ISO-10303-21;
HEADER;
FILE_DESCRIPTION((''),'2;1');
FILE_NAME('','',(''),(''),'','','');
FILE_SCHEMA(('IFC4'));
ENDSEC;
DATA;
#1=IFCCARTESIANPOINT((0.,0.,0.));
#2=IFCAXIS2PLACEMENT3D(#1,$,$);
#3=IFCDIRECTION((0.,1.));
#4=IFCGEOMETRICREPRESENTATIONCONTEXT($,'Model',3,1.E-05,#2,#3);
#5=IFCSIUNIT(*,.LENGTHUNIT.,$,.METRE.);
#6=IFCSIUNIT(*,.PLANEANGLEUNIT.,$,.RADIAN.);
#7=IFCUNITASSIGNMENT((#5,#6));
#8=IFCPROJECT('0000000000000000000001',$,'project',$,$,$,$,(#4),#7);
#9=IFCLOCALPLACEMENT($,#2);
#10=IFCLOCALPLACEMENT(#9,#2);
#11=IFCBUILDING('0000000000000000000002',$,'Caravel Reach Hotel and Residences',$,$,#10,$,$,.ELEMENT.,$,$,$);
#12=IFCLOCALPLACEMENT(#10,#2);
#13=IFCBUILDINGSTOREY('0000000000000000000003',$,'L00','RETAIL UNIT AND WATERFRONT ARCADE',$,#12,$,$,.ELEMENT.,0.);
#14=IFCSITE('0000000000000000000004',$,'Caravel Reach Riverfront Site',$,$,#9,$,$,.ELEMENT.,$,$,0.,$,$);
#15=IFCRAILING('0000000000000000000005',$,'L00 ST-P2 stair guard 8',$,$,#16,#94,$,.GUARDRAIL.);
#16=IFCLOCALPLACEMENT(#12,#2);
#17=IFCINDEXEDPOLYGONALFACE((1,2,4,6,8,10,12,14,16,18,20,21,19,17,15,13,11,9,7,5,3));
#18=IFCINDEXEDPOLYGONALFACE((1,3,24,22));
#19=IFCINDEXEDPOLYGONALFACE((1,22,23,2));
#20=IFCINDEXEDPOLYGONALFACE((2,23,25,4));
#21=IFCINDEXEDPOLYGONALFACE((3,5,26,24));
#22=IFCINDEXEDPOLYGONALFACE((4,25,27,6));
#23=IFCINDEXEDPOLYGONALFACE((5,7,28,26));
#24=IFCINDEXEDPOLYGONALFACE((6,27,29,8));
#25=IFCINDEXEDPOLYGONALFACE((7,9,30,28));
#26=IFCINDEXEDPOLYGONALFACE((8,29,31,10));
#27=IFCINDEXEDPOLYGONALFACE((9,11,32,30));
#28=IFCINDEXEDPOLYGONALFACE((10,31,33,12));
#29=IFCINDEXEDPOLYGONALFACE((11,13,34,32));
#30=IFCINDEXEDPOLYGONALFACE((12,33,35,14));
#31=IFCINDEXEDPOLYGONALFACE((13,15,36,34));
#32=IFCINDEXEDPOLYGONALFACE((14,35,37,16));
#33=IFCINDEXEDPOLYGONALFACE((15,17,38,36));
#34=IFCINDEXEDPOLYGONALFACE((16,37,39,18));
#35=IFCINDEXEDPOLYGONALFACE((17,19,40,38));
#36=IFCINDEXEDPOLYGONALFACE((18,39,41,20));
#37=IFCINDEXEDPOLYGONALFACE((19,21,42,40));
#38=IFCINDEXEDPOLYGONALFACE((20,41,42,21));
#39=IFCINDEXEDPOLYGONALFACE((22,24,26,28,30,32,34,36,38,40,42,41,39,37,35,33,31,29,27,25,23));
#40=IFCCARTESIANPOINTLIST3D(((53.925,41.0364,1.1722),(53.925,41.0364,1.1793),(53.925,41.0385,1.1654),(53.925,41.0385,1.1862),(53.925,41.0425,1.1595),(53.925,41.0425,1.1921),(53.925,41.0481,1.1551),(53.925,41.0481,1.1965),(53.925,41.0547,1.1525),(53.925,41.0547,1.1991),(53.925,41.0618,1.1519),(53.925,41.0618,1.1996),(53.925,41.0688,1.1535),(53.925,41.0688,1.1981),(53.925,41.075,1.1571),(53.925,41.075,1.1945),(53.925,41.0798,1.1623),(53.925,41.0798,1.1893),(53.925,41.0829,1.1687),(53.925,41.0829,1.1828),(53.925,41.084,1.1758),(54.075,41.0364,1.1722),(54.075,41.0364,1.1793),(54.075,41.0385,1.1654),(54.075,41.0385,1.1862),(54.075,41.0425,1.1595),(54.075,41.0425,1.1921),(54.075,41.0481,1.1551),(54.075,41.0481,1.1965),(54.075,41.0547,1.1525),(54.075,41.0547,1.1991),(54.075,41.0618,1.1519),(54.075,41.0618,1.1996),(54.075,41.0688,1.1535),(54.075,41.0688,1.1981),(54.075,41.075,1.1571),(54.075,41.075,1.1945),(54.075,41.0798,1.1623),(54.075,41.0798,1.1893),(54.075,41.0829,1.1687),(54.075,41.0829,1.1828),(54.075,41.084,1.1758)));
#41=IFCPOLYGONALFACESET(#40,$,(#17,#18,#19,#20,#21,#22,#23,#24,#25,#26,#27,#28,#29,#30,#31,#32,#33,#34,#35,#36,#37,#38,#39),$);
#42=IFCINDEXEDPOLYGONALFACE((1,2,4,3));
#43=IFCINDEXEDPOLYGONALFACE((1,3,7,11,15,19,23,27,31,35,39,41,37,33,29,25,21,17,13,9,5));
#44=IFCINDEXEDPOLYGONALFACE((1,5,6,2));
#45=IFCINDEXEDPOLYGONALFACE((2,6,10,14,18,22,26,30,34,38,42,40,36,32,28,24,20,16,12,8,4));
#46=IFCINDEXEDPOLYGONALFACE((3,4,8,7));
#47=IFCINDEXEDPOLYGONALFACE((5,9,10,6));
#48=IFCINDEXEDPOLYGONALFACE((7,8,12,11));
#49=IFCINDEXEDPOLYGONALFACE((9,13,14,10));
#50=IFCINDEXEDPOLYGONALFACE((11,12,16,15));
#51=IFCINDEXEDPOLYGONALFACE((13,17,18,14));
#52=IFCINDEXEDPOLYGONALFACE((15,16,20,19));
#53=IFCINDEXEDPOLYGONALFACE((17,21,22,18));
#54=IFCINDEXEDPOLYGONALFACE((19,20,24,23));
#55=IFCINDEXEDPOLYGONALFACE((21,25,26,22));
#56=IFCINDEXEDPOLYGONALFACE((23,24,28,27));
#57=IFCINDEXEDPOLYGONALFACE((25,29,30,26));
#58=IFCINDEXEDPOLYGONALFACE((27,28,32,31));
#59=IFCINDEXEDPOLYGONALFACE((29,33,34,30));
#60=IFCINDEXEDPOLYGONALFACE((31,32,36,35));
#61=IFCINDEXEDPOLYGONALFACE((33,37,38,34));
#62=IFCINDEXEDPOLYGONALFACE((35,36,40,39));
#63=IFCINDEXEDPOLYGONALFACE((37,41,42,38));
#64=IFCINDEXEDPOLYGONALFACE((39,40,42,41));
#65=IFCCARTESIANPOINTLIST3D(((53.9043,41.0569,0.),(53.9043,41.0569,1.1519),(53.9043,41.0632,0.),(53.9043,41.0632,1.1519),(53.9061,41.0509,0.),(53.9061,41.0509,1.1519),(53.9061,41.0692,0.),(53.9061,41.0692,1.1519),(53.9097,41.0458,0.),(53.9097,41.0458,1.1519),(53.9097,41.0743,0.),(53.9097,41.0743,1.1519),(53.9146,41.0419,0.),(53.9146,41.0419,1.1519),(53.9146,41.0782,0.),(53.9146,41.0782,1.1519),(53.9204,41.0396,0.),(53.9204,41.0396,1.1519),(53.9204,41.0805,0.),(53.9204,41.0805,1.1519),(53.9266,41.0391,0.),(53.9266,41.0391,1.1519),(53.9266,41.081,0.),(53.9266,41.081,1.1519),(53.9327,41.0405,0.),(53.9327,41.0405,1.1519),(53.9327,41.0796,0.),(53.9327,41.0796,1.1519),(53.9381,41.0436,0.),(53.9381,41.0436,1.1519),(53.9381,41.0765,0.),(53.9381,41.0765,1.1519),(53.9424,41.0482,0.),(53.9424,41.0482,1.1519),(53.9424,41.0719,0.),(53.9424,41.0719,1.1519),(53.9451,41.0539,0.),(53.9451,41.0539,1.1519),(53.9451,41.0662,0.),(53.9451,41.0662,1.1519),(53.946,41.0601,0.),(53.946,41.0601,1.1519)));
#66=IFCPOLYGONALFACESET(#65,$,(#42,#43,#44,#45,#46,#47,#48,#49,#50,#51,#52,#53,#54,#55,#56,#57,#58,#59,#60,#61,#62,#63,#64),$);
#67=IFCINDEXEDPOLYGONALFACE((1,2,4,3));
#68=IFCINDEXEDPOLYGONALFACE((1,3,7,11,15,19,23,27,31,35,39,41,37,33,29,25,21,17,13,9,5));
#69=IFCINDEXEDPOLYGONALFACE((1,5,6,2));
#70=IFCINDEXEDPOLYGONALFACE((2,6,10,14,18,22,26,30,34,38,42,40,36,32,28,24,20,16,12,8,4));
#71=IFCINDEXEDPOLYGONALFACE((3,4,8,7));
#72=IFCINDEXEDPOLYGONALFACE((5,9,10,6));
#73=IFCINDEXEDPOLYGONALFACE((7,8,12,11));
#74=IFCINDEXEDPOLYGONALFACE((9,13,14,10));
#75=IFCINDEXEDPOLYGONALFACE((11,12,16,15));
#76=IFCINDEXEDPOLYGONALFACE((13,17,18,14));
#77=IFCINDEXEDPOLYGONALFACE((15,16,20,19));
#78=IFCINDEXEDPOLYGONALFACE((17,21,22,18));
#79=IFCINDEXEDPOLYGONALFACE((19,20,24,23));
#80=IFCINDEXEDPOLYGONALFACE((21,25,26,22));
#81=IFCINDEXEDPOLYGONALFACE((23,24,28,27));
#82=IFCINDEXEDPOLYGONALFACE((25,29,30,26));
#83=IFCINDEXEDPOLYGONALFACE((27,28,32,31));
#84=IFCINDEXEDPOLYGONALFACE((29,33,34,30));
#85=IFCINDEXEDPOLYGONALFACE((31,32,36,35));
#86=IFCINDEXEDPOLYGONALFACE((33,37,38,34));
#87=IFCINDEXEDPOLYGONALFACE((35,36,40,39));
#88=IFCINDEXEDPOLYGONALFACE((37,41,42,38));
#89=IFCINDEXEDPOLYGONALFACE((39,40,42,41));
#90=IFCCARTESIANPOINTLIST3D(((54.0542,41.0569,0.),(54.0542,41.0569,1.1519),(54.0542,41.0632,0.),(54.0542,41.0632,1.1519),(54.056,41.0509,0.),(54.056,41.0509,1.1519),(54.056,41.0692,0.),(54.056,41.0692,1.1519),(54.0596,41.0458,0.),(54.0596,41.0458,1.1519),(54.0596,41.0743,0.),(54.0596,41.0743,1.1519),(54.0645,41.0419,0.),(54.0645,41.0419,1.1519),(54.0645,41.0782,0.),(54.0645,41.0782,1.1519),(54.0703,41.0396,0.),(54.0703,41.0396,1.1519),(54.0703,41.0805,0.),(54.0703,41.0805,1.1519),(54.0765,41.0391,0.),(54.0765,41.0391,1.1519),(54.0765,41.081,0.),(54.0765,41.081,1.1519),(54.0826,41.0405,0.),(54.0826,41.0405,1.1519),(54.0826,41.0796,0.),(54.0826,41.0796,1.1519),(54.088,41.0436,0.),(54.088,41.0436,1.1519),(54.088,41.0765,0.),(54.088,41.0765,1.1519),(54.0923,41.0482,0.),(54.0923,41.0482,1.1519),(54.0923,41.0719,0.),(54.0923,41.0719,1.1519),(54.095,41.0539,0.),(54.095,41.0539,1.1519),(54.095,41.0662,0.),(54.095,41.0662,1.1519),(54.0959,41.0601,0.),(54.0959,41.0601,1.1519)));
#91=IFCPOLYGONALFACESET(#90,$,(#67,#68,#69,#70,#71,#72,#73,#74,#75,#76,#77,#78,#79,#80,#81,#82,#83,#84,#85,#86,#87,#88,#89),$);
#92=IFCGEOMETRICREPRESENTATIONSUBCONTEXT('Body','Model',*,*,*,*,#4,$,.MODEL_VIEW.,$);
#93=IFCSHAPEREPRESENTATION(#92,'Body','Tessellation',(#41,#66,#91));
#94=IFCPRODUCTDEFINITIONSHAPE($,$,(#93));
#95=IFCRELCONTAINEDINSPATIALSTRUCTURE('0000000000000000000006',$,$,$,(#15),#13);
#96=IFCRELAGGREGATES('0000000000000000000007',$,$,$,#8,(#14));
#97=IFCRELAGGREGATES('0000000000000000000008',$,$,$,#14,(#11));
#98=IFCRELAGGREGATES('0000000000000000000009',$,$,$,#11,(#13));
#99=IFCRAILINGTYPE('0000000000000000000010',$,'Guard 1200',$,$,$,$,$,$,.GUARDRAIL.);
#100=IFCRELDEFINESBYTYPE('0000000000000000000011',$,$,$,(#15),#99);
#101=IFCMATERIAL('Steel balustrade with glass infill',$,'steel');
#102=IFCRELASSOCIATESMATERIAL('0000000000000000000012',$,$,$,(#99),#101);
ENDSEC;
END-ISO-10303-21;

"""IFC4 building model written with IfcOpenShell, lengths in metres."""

from ifc_helpers import new_model, si_unit, direction, frame, origin, origin_2d, place, context, subcontext, project, spatial, circle, extrude, material, type_object, element, save


model = new_model("IFC4")

# Units and contexts
model_context = context("Model", 3, precision=1e-05, world=origin(), true_north=direction((0.0, 1.0)))
body_context = subcontext(model_context, "Body", "Model", "MODEL_VIEW")
ifc_project = project(units=[si_unit("LENGTHUNIT", "METRE"), si_unit("PLANEANGLEUNIT", "RADIAN")], contexts=[model_context])

# Site, building, storey
site_placement = place(None, origin())
site = spatial("IfcSite", under=ifc_project, at=site_placement, Name="Caravel Reach Riverfront Site", CompositionType="ELEMENT", RefElevation=0.0)
building_placement = place(site_placement, origin())
building = spatial("IfcBuilding", under=site, at=building_placement, Name="Caravel Reach Hotel and Residences", CompositionType="ELEMENT")
storey_placement = place(building_placement, origin())
storey = spatial("IfcBuildingStorey", under=building, at=storey_placement, Name="L00", Description="RETAIL UNIT AND WATERFRONT ARCADE", CompositionType="ELEMENT", Elevation=0.0)

# Railing
ifc_material_1 = material(Name="Steel balustrade with glass infill", Category="steel")
railing_type_1 = type_object("IfcRailingType", Name="Guard 1200", PredefinedType="GUARDRAIL", material=ifc_material_1)
railing_1_placement = place(storey_placement, frame((53.925, 41.0601, 0.0)))
element("IfcRailing", 1, at=railing_1_placement, inside=storey, type_object=railing_type_1, Name="L00 ST-P2 stair guard 8", PredefinedType="GUARDRAIL", context=body_context, shape_type="SweptSolid", body=[
    extrude(circle(Radius=0.0239, at=origin_2d()), frame((0.0, 0.0, 1.1758), z_axis=(1.0, 0.0, 0.0), x_axis=(0.0, 1.0, 0.0)), (0.0, 0.0, 1.0), 0.1499),
    extrude(circle(Radius=0.021, at=origin_2d()), origin(), (0.0, 0.0, 1.0), 1.1519),
    extrude(circle(Radius=0.021, at=origin_2d()), frame((0.1499, 0.0, 0.0)), (0.0, 0.0, 1.0), 1.1519),
])

save(model, "model.ifc")
